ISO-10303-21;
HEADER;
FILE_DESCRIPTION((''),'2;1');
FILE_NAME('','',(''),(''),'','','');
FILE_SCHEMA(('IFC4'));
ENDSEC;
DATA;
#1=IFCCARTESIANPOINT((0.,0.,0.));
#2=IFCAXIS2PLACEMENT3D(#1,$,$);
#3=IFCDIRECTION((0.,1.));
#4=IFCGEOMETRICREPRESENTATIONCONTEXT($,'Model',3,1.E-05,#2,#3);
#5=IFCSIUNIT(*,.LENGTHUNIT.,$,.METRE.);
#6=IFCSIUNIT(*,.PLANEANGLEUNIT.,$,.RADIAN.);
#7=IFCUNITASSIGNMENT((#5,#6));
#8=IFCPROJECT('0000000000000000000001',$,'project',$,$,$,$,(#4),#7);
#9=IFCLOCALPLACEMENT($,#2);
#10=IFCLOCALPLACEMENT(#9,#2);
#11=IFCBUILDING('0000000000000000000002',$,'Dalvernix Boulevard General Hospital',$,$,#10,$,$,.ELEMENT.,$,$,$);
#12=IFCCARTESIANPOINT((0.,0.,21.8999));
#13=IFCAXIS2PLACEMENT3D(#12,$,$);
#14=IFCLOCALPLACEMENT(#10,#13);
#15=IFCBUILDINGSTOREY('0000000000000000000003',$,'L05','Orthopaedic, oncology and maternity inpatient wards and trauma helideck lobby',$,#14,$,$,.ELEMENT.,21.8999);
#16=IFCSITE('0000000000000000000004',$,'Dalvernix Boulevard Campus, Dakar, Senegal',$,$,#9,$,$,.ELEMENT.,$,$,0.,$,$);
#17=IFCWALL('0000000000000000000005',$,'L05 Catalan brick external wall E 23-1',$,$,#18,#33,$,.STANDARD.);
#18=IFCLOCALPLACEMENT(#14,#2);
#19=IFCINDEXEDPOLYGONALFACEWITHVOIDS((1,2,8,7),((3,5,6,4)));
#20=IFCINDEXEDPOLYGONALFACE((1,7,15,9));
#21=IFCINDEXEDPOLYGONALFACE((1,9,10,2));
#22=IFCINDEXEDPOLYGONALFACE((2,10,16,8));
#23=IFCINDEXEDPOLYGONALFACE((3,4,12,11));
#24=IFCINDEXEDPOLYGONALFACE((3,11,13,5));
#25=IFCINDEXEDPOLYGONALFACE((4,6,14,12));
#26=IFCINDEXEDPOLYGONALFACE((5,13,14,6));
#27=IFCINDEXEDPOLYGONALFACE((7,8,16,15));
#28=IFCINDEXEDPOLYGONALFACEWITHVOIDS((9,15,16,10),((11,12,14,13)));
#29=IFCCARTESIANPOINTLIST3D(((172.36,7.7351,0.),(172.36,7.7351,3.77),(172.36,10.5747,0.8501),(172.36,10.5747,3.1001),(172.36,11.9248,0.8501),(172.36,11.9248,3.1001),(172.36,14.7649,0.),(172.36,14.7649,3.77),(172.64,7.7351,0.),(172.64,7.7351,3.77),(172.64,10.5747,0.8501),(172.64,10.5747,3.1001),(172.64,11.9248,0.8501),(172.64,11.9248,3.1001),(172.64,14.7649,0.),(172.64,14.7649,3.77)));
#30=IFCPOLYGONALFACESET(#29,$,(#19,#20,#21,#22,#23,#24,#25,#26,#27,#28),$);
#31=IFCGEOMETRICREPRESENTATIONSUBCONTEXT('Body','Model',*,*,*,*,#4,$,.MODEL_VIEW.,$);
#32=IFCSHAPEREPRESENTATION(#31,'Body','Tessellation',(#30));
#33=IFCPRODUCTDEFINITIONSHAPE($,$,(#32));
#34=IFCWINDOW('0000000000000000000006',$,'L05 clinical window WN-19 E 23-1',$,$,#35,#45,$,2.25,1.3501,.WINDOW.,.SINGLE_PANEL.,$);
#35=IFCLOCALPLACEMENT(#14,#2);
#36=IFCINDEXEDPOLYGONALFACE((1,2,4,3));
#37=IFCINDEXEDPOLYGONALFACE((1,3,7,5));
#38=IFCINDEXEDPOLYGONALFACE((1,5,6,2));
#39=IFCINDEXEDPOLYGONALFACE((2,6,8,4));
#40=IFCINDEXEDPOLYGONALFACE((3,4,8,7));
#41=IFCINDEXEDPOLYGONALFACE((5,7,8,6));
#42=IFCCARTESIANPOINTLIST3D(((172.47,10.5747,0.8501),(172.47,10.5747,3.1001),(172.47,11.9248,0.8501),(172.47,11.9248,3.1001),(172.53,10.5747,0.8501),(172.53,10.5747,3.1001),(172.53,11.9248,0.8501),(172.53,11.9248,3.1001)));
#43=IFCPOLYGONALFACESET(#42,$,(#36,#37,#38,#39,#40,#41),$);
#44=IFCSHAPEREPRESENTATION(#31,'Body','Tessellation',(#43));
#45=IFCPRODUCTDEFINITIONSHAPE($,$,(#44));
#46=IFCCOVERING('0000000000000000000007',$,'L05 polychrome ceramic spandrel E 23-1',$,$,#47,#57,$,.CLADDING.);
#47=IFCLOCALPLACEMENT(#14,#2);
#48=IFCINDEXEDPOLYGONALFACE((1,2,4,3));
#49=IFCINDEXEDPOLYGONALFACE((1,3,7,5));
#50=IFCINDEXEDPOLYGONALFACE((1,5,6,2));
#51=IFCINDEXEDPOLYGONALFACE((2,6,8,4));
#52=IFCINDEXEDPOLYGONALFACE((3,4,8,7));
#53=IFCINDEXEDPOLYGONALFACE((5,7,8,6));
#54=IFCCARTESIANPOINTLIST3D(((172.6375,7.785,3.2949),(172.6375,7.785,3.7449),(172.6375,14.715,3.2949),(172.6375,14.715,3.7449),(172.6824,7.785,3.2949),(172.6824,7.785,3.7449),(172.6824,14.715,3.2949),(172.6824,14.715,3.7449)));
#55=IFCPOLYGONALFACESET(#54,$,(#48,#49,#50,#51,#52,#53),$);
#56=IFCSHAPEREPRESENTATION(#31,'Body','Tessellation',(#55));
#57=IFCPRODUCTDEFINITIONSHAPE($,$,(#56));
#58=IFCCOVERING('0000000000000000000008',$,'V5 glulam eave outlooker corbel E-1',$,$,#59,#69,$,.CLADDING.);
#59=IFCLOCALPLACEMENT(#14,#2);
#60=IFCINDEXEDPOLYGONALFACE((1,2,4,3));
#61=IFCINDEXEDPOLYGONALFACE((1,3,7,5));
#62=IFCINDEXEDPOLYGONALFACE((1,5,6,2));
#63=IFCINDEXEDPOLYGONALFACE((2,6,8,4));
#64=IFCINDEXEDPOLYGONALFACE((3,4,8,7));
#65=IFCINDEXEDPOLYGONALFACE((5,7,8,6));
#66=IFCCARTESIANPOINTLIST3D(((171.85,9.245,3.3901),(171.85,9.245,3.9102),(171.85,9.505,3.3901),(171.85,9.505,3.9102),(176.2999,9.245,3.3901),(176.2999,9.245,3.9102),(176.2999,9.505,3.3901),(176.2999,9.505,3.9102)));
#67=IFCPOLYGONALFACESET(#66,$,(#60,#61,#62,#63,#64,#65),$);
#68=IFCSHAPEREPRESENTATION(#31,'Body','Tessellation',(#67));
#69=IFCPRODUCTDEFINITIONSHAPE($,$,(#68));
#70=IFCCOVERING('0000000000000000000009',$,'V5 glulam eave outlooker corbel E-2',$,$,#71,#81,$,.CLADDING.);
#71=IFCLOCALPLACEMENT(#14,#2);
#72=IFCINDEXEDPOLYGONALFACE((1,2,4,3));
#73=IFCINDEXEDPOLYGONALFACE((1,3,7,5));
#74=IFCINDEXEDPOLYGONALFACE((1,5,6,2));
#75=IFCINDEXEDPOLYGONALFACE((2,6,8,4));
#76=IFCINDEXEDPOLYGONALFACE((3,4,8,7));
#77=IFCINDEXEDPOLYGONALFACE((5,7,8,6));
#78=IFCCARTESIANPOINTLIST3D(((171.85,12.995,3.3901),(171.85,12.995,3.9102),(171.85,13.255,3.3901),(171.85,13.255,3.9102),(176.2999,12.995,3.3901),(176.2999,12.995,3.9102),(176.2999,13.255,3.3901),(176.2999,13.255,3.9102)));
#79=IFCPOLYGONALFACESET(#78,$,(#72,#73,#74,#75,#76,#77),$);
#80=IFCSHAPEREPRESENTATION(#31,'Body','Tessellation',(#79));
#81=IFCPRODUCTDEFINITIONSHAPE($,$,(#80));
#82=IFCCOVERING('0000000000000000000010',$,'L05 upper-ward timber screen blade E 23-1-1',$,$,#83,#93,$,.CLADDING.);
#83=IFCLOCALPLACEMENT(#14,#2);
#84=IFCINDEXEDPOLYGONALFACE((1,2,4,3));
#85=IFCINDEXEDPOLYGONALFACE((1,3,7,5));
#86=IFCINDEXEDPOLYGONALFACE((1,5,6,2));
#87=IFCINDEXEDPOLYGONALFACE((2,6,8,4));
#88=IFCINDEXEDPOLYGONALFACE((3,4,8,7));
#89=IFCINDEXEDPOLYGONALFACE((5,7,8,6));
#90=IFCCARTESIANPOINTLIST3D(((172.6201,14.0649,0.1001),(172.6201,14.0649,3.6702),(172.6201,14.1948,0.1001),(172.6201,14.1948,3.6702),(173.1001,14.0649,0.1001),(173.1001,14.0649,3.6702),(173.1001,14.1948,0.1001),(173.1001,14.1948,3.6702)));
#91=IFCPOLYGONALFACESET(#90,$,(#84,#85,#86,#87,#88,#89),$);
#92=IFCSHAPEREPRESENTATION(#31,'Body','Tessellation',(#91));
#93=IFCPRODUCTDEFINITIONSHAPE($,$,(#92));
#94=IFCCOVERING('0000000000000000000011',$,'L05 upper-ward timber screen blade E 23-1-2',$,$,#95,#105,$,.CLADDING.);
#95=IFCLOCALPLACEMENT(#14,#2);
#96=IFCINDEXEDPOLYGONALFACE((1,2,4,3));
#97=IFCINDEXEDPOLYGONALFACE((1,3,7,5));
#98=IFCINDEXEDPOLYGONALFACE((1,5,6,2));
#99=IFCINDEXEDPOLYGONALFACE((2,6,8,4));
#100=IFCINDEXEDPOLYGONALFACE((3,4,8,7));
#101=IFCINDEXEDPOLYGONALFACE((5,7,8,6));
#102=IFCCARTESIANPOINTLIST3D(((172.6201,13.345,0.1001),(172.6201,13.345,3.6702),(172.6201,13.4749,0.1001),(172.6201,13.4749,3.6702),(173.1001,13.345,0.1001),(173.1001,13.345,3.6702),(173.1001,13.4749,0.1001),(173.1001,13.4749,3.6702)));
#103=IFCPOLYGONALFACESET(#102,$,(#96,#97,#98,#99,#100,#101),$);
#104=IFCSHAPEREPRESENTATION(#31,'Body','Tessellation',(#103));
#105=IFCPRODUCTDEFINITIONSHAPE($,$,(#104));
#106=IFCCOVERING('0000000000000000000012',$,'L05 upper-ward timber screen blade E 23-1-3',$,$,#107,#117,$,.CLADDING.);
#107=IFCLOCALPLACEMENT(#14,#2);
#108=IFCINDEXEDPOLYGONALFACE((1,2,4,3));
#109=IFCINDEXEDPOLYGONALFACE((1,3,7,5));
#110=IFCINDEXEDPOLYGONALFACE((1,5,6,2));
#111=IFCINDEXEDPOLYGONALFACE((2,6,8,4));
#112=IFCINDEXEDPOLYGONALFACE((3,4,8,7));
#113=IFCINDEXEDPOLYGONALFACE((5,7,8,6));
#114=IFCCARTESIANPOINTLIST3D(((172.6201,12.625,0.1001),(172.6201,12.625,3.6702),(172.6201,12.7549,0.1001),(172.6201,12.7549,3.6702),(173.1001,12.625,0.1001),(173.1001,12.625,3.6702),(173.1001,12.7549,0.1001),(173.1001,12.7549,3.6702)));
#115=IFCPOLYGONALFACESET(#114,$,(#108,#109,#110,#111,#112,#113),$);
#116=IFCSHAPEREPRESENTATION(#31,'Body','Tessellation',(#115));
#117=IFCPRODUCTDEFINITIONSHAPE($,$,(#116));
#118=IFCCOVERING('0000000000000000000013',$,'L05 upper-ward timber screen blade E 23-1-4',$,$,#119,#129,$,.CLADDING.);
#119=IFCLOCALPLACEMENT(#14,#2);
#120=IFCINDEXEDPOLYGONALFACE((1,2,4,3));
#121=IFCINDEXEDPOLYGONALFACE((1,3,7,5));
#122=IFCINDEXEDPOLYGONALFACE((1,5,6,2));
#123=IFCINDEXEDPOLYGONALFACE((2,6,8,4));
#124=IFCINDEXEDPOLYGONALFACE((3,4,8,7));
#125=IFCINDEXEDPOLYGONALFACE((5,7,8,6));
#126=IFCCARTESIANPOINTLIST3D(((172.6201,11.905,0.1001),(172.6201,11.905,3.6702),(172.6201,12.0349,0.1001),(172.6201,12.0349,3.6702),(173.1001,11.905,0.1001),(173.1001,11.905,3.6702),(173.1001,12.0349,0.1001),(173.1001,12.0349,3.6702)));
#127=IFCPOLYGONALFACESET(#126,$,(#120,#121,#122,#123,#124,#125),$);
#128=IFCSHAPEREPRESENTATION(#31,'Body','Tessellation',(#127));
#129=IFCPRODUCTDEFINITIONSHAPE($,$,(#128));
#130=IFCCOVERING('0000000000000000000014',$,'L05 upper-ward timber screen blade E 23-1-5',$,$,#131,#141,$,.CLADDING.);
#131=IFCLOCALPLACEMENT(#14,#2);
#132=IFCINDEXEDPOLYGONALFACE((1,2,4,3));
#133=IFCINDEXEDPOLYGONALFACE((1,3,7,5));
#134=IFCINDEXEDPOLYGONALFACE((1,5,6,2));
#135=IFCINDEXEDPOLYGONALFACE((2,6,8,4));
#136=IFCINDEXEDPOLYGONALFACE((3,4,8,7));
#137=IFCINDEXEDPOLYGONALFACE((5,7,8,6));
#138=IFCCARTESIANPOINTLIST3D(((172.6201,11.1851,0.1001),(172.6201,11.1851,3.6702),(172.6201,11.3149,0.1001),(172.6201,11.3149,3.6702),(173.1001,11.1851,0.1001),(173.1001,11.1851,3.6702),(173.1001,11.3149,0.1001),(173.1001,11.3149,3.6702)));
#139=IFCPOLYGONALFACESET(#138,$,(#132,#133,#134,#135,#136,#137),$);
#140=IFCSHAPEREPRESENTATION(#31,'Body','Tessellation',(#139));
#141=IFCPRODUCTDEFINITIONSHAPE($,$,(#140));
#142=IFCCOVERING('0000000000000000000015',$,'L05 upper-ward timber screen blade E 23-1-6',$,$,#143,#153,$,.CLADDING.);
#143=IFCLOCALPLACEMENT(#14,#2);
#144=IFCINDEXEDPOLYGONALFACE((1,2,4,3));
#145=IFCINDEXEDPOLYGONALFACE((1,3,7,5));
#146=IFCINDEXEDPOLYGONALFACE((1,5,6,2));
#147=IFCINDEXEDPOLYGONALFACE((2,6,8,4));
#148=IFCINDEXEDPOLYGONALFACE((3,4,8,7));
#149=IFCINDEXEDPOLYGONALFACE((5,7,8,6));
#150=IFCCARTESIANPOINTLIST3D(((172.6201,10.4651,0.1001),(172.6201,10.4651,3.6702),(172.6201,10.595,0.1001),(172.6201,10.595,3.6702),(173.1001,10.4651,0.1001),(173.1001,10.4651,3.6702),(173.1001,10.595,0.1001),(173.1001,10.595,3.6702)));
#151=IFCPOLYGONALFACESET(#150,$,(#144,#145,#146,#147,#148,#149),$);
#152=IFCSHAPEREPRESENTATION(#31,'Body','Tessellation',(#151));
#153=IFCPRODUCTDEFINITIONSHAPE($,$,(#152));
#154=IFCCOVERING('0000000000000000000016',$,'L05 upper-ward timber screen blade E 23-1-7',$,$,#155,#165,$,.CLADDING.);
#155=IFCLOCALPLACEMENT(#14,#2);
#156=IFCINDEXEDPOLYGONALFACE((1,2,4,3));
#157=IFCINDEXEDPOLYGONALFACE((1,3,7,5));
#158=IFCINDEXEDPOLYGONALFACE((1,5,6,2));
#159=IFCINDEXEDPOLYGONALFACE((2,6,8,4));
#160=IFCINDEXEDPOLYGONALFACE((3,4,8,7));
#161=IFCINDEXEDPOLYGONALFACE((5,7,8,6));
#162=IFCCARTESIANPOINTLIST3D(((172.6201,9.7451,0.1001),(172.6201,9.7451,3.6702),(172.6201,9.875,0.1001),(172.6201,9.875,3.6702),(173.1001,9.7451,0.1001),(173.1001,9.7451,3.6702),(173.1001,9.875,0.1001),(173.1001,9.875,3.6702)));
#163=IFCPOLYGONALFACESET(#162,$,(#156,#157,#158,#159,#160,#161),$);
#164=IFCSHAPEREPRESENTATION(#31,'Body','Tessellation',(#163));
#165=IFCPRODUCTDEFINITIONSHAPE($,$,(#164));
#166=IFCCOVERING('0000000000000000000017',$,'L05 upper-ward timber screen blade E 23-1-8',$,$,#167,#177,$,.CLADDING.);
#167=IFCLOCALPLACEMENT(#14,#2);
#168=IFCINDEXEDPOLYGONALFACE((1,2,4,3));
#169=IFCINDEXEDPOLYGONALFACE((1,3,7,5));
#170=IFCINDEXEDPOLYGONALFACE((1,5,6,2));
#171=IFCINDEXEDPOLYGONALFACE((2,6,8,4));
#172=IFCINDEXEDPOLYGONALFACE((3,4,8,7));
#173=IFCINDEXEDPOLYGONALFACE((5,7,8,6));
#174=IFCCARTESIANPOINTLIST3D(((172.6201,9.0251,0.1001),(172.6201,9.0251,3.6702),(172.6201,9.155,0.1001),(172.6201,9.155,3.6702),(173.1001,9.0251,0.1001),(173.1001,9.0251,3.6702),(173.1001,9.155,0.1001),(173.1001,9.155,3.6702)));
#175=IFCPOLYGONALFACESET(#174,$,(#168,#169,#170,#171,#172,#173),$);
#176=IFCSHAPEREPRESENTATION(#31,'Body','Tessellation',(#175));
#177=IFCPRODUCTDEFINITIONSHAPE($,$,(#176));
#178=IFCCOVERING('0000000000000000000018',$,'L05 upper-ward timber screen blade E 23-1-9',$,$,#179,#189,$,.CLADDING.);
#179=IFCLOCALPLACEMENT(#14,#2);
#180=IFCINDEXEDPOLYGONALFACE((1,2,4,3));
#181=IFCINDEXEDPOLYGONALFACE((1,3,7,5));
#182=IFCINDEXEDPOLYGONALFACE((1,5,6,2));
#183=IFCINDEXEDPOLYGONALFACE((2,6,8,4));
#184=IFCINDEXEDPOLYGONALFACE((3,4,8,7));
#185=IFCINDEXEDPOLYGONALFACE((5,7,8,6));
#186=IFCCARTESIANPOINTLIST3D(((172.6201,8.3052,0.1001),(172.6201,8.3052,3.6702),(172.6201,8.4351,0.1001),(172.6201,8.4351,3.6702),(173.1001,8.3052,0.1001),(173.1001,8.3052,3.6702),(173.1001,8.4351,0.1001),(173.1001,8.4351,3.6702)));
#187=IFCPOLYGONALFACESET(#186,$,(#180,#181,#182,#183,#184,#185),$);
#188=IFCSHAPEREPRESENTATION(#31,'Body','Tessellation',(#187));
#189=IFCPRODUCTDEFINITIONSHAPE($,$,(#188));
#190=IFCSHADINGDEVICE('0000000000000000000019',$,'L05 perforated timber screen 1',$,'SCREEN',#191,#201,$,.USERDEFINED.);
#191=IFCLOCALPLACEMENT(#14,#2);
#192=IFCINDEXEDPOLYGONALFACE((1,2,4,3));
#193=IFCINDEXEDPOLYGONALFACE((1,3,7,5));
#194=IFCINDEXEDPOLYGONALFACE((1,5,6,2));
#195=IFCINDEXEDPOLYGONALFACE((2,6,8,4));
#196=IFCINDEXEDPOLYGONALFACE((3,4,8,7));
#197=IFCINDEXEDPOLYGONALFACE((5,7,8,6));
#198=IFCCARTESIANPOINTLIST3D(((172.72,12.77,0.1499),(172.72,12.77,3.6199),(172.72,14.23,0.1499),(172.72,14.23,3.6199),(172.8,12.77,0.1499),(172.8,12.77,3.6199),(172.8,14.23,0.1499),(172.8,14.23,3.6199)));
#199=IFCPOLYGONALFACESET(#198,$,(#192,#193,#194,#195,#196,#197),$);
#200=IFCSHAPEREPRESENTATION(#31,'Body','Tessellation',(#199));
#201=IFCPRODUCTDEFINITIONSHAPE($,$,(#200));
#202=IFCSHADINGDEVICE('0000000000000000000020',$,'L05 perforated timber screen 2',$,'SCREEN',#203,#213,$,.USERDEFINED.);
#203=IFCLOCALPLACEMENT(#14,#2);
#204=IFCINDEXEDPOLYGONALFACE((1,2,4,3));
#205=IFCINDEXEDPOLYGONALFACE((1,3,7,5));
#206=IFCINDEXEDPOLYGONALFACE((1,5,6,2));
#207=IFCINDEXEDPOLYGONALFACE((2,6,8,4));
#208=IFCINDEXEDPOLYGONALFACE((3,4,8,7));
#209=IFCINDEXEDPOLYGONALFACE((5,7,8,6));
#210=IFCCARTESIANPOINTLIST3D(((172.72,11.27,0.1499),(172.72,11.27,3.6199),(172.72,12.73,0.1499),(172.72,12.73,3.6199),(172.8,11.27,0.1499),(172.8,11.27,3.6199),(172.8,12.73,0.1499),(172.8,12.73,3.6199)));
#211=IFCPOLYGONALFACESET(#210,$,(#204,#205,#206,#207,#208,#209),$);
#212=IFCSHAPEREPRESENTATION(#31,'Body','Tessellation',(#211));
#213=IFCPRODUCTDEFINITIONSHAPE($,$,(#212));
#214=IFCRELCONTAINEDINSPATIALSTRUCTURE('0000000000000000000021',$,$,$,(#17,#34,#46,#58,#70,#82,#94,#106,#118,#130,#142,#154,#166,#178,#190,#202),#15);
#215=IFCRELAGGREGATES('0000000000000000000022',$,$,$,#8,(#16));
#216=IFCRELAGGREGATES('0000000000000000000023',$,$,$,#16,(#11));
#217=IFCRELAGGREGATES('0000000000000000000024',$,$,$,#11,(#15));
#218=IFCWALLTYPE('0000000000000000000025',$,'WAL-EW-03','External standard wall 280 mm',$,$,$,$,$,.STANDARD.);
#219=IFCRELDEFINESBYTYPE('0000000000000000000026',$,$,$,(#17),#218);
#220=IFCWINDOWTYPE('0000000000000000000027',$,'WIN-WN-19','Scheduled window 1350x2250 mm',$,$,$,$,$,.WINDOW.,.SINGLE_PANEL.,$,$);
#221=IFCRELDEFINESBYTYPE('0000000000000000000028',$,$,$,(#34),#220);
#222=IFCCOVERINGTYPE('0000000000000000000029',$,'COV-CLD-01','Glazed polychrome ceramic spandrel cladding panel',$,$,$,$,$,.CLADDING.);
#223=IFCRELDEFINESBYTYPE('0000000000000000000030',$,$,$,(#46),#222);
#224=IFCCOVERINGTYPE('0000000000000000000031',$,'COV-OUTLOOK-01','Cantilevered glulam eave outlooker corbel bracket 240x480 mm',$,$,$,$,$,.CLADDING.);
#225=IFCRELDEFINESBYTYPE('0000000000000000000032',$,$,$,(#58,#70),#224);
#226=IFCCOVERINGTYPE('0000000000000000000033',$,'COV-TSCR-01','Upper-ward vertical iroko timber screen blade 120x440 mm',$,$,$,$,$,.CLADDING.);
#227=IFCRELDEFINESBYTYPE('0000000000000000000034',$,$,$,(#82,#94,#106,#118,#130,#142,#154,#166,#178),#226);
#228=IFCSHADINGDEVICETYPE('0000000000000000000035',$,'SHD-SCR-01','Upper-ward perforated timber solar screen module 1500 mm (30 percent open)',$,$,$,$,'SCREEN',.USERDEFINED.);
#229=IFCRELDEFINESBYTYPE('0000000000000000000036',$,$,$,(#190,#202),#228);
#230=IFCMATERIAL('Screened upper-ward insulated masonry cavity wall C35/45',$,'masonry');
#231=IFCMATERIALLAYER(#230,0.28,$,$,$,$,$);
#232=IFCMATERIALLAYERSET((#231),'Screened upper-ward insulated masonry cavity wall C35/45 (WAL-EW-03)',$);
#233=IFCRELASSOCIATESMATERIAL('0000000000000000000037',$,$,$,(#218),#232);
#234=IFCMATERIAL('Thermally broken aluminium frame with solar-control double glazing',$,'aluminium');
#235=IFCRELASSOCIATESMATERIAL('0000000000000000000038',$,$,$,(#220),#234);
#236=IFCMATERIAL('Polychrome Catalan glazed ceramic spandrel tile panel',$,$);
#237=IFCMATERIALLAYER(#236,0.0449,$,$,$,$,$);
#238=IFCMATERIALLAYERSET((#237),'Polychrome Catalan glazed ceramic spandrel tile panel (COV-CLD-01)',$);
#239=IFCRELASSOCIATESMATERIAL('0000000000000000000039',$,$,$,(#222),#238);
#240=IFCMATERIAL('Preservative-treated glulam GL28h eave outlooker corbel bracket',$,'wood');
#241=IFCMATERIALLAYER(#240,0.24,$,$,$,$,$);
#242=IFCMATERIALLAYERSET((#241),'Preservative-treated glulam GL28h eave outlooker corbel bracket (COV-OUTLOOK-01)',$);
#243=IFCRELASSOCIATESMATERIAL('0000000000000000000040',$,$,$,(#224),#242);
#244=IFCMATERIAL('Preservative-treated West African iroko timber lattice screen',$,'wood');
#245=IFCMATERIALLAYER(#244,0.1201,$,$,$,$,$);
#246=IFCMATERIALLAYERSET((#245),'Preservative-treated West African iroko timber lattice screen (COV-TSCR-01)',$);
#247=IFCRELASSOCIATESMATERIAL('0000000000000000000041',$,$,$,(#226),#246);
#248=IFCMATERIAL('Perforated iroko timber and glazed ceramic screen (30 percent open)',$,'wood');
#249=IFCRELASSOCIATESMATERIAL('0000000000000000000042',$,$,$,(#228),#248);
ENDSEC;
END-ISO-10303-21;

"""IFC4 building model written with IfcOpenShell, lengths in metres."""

from ifc_helpers import new_model, si_unit, direction, frame, frame_2d, origin, origin_2d, place, context, subcontext, project, spatial, rectangle, extrude, material, layer, layer_set, type_object, element, fill, save


model = new_model("IFC4")

# Units and contexts
model_context = context("Model", 3, precision=1e-05, world=origin(), true_north=direction((0.0, 1.0)))
body_context = subcontext(model_context, "Body", "Model", "MODEL_VIEW")
ifc_project = project(units=[si_unit("LENGTHUNIT", "METRE"), si_unit("PLANEANGLEUNIT", "RADIAN")], contexts=[model_context])

# Site, building, storey
site_placement = place(None, origin())
site = spatial("IfcSite", under=ifc_project, at=site_placement, Name="Dalvernix Boulevard Campus, Dakar, Senegal", CompositionType="ELEMENT", RefElevation=0.0)
building_placement = place(site_placement, origin())
building = spatial("IfcBuilding", under=site, at=building_placement, Name="Dalvernix Boulevard General Hospital", CompositionType="ELEMENT")
storey_placement = place(building_placement, frame((0.0, 0.0, 21.8999)))
storey = spatial("IfcBuildingStorey", under=building, at=storey_placement, Name="L05", Description="Orthopaedic, oncology and maternity inpatient wards and trauma helideck lobby", CompositionType="ELEMENT", Elevation=21.8999)

# Wall, opening, window
ifc_material_1 = material(Name="Screened upper-ward insulated masonry cavity wall C35/45", Category="masonry")
ifc_layer_1 = layer(ifc_material_1, 0.28)
ifc_layer_set_1 = layer_set([ifc_layer_1], Name="Screened upper-ward insulated masonry cavity wall C35/45 (WAL-EW-03)")
wall_type = type_object("IfcWallType", Name="WAL-EW-03", Description="External standard wall 280 mm", PredefinedType="STANDARD", material=ifc_layer_set_1)
wall_placement = place(storey_placement, frame((172.5, 14.7649, 0.0), z_axis=(0.0, 0.0, 1.0), x_axis=(0.0, -1.0, 0.0)))
wall = element("IfcWall", 1, at=wall_placement, inside=storey, type_object=wall_type, Name="L05 Catalan brick external wall E 23-1", PredefinedType="STANDARD", context=body_context, shape_type="SweptSolid", body=[
    extrude(rectangle(XDim=7.0298, YDim=0.28, at=frame_2d((3.5149, 0.0))), origin(), (0.0, 0.0, 1.0), 3.77),
])
opening_placement = place(wall_placement, frame((2.8401, 0.0, 0.8501)))
opening = element("IfcOpeningElement", 2, at=opening_placement, cuts=wall, PredefinedType="OPENING", context=body_context, shape_type="SweptSolid", body=[
    extrude(rectangle(XDim=1.3501, YDim=2.25, at=frame_2d((0.675, 1.125))), frame((0.0, 0.1499, 0.0), z_axis=(0.0, -1.0, 0.0), x_axis=(1.0, 0.0, 0.0)), (0.0, 0.0, 1.0), 0.3),
])
ifc_material_2 = material(Name="Thermally broken aluminium frame with solar-control double glazing", Category="aluminium")
window_type = type_object("IfcWindowType", Name="WIN-WN-19", Description="Scheduled window 1350x2250 mm", PartitioningType="SINGLE_PANEL", PredefinedType="WINDOW", material=ifc_material_2)
window_placement = place(opening_placement, origin())
window = element("IfcWindow", 3, at=window_placement, inside=storey, type_object=window_type, Name="L05 clinical window WN-19 E 23-1", OverallHeight=2.25, OverallWidth=1.3501, PartitioningType="SINGLE_PANEL", PredefinedType="WINDOW", context=body_context, shape_type="SweptSolid", body=[
    extrude(rectangle(XDim=1.3501, YDim=2.25, at=frame_2d((0.675, 1.125))), frame((0.0, 0.03, 0.0), z_axis=(0.0, -1.0, 0.0), x_axis=(1.0, 0.0, 0.0)), (0.0, 0.0, 1.0), 0.0601),
])
fill(opening, window)

# Coverings
ifc_material_3 = material(Name="Polychrome Catalan glazed ceramic spandrel tile panel")
ifc_layer_2 = layer(ifc_material_3, 0.0449)
ifc_layer_set_2 = layer_set([ifc_layer_2], Name="Polychrome Catalan glazed ceramic spandrel tile panel (COV-CLD-01)")
covering_type_1 = type_object("IfcCoveringType", Name="COV-CLD-01", Description="Glazed polychrome ceramic spandrel cladding panel", PredefinedType="CLADDING", material=ifc_layer_set_2)
covering_placement = place(storey_placement, frame((172.6599, 11.25, 3.2949), z_axis=(0.0, 0.0, 1.0), x_axis=(0.0, -1.0, 0.0)))
element("IfcCovering", 4, at=covering_placement, inside=storey, type_object=covering_type_1, Name="L05 polychrome ceramic spandrel E 23-1", PredefinedType="CLADDING", context=body_context, shape_type="SweptSolid", body=[
    extrude(rectangle(XDim=6.9299, YDim=0.0449, at=origin_2d()), origin(), (0.0, 0.0, 1.0), 0.45),
])
ifc_material_4 = material(Name="Preservative-treated glulam GL28h eave outlooker corbel bracket", Category="wood")
ifc_layer_3 = layer(ifc_material_4, 0.24)
ifc_layer_set_3 = layer_set([ifc_layer_3], Name="Preservative-treated glulam GL28h eave outlooker corbel bracket (COV-OUTLOOK-01)")
covering_type_2 = type_object("IfcCoveringType", Name="COV-OUTLOOK-01", Description="Cantilevered glulam eave outlooker corbel bracket 240x480 mm", PredefinedType="CLADDING", material=ifc_layer_set_3)
for number, where, z_axis, x_axis, name in (
    (5, (174.075, 9.375, 3.3901), (0.0, 0.0, 1.0), (1.0, 0.0, 0.0), "V5 glulam eave outlooker corbel E-1"),
    (6, (174.075, 13.125, 3.3901), (0.0, 0.0, 1.0), (1.0, 0.0, 0.0), "V5 glulam eave outlooker corbel E-2"),
):
    element("IfcCovering", number, at=place(storey_placement, frame(where, z_axis=z_axis, x_axis=x_axis)), inside=storey, type_object=covering_type_2, Name=name, PredefinedType="CLADDING", context=body_context, shape_type="SweptSolid", body=[
        extrude(rectangle(XDim=4.45, YDim=0.26, at=origin_2d()), origin(), (0.0, 0.0, 1.0), 0.52),
    ])
ifc_material_5 = material(Name="Preservative-treated West African iroko timber lattice screen", Category="wood")
ifc_layer_4 = layer(ifc_material_5, 0.1201)
ifc_layer_set_4 = layer_set([ifc_layer_4], Name="Preservative-treated West African iroko timber lattice screen (COV-TSCR-01)")
covering_type_3 = type_object("IfcCoveringType", Name="COV-TSCR-01", Description="Upper-ward vertical iroko timber screen blade 120x440 mm", PredefinedType="CLADDING", material=ifc_layer_set_4)
for number, where, z_axis, x_axis, name in (
    (7, (172.8601, 14.1299, 0.1001), (0.0, 0.0, 1.0), (0.0, -1.0, 0.0), "L05 upper-ward timber screen blade E 23-1-1"),
    (8, (172.8601, 13.4099, 0.1001), (0.0, 0.0, 1.0), (0.0, -1.0, 0.0), "L05 upper-ward timber screen blade E 23-1-2"),
    (9, (172.8601, 12.6899, 0.1001), (0.0, 0.0, 1.0), (0.0, -1.0, 0.0), "L05 upper-ward timber screen blade E 23-1-3"),
    (10, (172.8601, 11.97, 0.1001), (0.0, 0.0, 1.0), (0.0, -1.0, 0.0), "L05 upper-ward timber screen blade E 23-1-4"),
    (11, (172.8601, 11.25, 0.1001), (0.0, 0.0, 1.0), (0.0, -1.0, 0.0), "L05 upper-ward timber screen blade E 23-1-5"),
    (12, (172.8601, 10.53, 0.1001), (0.0, 0.0, 1.0), (0.0, -1.0, 0.0), "L05 upper-ward timber screen blade E 23-1-6"),
    (13, (172.8601, 9.8101, 0.1001), (0.0, 0.0, 1.0), (0.0, -1.0, 0.0), "L05 upper-ward timber screen blade E 23-1-7"),
    (14, (172.8601, 9.0901, 0.1001), (0.0, 0.0, 1.0), (0.0, -1.0, 0.0), "L05 upper-ward timber screen blade E 23-1-8"),
    (15, (172.8601, 8.3701, 0.1001), (0.0, 0.0, 1.0), (0.0, -1.0, 0.0), "L05 upper-ward timber screen blade E 23-1-9"),
):
    element("IfcCovering", number, at=place(storey_placement, frame(where, z_axis=z_axis, x_axis=x_axis)), inside=storey, type_object=covering_type_3, Name=name, PredefinedType="CLADDING", context=body_context, shape_type="SweptSolid", body=[
        extrude(rectangle(XDim=0.1299, YDim=0.48, at=origin_2d()), origin(), (0.0, 0.0, 1.0), 3.5701),
    ])

# Shading devices
ifc_material_6 = material(Name="Perforated iroko timber and glazed ceramic screen (30 percent open)", Category="wood")
shading_device_type = type_object("IfcShadingDeviceType", Name="SHD-SCR-01", Description="Upper-ward perforated timber solar screen module 1500 mm (30 percent open)", ElementType="SCREEN", PredefinedType="USERDEFINED", material=ifc_material_6)
for number, where, z_axis, x_axis, name in (
    (16, (172.76, 13.5, 0.1499), (0.0, 0.0, 1.0), (0.0, -1.0, 0.0), "L05 perforated timber screen 1"),
    (17, (172.76, 12.0, 0.1499), (0.0, 0.0, 1.0), (0.0, -1.0, 0.0), "L05 perforated timber screen 2"),
):
    element("IfcShadingDevice", number, at=place(storey_placement, frame(where, z_axis=z_axis, x_axis=x_axis)), inside=storey, type_object=shading_device_type, Name=name, ObjectType="SCREEN", PredefinedType="USERDEFINED", context=body_context, shape_type="SweptSolid", body=[
        extrude(rectangle(XDim=1.46, YDim=0.0801, at=origin_2d()), origin(), (0.0, 0.0, 1.0), 3.47),
    ])

save(model, "model.ifc")
